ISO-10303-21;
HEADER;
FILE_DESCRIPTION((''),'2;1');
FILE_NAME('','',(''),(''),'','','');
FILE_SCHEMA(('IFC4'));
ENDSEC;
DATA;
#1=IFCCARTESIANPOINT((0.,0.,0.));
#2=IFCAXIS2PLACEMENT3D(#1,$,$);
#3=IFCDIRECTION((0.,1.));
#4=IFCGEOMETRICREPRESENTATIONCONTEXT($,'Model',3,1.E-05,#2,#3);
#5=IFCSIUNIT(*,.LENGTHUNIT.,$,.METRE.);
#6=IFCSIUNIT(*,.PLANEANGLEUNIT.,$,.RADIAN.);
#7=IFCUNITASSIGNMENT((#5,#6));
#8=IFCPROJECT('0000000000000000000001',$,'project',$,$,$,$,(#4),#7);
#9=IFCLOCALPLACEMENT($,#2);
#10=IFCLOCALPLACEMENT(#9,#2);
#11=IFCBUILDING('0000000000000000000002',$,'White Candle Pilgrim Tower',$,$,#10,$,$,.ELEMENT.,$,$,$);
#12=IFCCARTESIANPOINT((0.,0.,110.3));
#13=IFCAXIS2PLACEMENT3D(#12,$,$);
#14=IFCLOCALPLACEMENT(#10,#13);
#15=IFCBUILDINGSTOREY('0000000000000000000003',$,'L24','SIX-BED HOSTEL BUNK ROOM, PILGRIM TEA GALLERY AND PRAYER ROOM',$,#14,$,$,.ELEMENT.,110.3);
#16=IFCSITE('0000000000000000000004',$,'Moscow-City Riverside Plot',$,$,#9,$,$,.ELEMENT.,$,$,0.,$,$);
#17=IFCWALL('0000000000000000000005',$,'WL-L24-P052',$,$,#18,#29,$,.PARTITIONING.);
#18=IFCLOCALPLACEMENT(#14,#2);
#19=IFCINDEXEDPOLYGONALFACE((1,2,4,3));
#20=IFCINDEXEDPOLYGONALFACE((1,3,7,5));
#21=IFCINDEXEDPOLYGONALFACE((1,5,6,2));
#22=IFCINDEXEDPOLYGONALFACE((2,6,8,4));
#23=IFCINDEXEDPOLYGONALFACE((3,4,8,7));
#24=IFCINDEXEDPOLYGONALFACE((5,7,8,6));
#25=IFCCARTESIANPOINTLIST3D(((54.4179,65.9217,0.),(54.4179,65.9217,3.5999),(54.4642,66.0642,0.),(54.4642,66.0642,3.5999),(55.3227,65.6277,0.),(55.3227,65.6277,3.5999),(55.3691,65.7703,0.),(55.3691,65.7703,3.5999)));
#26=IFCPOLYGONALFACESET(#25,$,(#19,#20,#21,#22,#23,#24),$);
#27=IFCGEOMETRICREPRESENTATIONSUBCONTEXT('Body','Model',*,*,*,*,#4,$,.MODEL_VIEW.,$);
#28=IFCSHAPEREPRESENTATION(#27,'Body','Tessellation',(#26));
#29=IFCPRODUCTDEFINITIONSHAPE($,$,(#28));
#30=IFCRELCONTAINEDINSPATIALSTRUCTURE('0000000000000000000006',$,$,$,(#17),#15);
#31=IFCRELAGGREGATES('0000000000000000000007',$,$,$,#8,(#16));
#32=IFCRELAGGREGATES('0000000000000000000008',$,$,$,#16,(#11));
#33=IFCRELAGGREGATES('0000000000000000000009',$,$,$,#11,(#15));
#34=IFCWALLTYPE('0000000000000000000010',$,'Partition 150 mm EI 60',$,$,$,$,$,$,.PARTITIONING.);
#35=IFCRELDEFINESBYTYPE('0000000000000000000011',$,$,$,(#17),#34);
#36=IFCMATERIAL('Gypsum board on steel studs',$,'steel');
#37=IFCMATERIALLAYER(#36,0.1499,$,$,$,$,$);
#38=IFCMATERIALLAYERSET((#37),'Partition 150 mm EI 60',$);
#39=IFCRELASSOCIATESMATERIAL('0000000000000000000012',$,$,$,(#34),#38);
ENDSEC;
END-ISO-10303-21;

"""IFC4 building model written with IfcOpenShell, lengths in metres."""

from ifc_helpers import new_model, si_unit, direction, frame, frame_2d, origin, place, context, subcontext, project, spatial, rectangle, extrude, material, layer, layer_set, type_object, element, save


model = new_model("IFC4")

# Units and contexts
model_context = context("Model", 3, precision=1e-05, world=origin(), true_north=direction((0.0, 1.0)))
body_context = subcontext(model_context, "Body", "Model", "MODEL_VIEW")
ifc_project = project(units=[si_unit("LENGTHUNIT", "METRE"), si_unit("PLANEANGLEUNIT", "RADIAN")], contexts=[model_context])

# Site, building, storey
site_placement = place(None, origin())
site = spatial("IfcSite", under=ifc_project, at=site_placement, Name="Moscow-City Riverside Plot", CompositionType="ELEMENT", RefElevation=0.0)
building_placement = place(site_placement, origin())
building = spatial("IfcBuilding", under=site, at=building_placement, Name="White Candle Pilgrim Tower", CompositionType="ELEMENT")
storey_placement = place(building_placement, frame((0.0, 0.0, 110.3)))
storey = spatial("IfcBuildingStorey", under=building, at=storey_placement, Name="L24", Description="SIX-BED HOSTEL BUNK ROOM, PILGRIM TEA GALLERY AND PRAYER ROOM", CompositionType="ELEMENT", Elevation=110.3)

# Shared definitions
ifc_material_1 = material(Name="Gypsum board on steel studs", Category="steel")

# Wall
ifc_layer_1 = layer(ifc_material_1, 0.1499)
ifc_layer_set_1 = layer_set([ifc_layer_1], Name="Partition 150 mm EI 60")
wall_type_1 = type_object("IfcWallType", Name="Partition 150 mm EI 60", PredefinedType="PARTITIONING", material=ifc_layer_set_1)
wall_1_placement = place(storey_placement, frame((54.4412, 65.9929, 0.0), z_axis=(0.0, 0.0, 1.0), x_axis=(0.951068, -0.308982, 0.0)))
element("IfcWall", 1, at=wall_1_placement, inside=storey, type_object=wall_type_1, Name="WL-L24-P052", PredefinedType="PARTITIONING", context=body_context, shape_type="SweptSolid", body=[
    extrude(rectangle(XDim=0.9514, YDim=0.1499, at=frame_2d((0.4756, 0.0))), origin(), (0.0, 0.0, 1.0), 3.5999),
])

save(model, "model.ifc")
